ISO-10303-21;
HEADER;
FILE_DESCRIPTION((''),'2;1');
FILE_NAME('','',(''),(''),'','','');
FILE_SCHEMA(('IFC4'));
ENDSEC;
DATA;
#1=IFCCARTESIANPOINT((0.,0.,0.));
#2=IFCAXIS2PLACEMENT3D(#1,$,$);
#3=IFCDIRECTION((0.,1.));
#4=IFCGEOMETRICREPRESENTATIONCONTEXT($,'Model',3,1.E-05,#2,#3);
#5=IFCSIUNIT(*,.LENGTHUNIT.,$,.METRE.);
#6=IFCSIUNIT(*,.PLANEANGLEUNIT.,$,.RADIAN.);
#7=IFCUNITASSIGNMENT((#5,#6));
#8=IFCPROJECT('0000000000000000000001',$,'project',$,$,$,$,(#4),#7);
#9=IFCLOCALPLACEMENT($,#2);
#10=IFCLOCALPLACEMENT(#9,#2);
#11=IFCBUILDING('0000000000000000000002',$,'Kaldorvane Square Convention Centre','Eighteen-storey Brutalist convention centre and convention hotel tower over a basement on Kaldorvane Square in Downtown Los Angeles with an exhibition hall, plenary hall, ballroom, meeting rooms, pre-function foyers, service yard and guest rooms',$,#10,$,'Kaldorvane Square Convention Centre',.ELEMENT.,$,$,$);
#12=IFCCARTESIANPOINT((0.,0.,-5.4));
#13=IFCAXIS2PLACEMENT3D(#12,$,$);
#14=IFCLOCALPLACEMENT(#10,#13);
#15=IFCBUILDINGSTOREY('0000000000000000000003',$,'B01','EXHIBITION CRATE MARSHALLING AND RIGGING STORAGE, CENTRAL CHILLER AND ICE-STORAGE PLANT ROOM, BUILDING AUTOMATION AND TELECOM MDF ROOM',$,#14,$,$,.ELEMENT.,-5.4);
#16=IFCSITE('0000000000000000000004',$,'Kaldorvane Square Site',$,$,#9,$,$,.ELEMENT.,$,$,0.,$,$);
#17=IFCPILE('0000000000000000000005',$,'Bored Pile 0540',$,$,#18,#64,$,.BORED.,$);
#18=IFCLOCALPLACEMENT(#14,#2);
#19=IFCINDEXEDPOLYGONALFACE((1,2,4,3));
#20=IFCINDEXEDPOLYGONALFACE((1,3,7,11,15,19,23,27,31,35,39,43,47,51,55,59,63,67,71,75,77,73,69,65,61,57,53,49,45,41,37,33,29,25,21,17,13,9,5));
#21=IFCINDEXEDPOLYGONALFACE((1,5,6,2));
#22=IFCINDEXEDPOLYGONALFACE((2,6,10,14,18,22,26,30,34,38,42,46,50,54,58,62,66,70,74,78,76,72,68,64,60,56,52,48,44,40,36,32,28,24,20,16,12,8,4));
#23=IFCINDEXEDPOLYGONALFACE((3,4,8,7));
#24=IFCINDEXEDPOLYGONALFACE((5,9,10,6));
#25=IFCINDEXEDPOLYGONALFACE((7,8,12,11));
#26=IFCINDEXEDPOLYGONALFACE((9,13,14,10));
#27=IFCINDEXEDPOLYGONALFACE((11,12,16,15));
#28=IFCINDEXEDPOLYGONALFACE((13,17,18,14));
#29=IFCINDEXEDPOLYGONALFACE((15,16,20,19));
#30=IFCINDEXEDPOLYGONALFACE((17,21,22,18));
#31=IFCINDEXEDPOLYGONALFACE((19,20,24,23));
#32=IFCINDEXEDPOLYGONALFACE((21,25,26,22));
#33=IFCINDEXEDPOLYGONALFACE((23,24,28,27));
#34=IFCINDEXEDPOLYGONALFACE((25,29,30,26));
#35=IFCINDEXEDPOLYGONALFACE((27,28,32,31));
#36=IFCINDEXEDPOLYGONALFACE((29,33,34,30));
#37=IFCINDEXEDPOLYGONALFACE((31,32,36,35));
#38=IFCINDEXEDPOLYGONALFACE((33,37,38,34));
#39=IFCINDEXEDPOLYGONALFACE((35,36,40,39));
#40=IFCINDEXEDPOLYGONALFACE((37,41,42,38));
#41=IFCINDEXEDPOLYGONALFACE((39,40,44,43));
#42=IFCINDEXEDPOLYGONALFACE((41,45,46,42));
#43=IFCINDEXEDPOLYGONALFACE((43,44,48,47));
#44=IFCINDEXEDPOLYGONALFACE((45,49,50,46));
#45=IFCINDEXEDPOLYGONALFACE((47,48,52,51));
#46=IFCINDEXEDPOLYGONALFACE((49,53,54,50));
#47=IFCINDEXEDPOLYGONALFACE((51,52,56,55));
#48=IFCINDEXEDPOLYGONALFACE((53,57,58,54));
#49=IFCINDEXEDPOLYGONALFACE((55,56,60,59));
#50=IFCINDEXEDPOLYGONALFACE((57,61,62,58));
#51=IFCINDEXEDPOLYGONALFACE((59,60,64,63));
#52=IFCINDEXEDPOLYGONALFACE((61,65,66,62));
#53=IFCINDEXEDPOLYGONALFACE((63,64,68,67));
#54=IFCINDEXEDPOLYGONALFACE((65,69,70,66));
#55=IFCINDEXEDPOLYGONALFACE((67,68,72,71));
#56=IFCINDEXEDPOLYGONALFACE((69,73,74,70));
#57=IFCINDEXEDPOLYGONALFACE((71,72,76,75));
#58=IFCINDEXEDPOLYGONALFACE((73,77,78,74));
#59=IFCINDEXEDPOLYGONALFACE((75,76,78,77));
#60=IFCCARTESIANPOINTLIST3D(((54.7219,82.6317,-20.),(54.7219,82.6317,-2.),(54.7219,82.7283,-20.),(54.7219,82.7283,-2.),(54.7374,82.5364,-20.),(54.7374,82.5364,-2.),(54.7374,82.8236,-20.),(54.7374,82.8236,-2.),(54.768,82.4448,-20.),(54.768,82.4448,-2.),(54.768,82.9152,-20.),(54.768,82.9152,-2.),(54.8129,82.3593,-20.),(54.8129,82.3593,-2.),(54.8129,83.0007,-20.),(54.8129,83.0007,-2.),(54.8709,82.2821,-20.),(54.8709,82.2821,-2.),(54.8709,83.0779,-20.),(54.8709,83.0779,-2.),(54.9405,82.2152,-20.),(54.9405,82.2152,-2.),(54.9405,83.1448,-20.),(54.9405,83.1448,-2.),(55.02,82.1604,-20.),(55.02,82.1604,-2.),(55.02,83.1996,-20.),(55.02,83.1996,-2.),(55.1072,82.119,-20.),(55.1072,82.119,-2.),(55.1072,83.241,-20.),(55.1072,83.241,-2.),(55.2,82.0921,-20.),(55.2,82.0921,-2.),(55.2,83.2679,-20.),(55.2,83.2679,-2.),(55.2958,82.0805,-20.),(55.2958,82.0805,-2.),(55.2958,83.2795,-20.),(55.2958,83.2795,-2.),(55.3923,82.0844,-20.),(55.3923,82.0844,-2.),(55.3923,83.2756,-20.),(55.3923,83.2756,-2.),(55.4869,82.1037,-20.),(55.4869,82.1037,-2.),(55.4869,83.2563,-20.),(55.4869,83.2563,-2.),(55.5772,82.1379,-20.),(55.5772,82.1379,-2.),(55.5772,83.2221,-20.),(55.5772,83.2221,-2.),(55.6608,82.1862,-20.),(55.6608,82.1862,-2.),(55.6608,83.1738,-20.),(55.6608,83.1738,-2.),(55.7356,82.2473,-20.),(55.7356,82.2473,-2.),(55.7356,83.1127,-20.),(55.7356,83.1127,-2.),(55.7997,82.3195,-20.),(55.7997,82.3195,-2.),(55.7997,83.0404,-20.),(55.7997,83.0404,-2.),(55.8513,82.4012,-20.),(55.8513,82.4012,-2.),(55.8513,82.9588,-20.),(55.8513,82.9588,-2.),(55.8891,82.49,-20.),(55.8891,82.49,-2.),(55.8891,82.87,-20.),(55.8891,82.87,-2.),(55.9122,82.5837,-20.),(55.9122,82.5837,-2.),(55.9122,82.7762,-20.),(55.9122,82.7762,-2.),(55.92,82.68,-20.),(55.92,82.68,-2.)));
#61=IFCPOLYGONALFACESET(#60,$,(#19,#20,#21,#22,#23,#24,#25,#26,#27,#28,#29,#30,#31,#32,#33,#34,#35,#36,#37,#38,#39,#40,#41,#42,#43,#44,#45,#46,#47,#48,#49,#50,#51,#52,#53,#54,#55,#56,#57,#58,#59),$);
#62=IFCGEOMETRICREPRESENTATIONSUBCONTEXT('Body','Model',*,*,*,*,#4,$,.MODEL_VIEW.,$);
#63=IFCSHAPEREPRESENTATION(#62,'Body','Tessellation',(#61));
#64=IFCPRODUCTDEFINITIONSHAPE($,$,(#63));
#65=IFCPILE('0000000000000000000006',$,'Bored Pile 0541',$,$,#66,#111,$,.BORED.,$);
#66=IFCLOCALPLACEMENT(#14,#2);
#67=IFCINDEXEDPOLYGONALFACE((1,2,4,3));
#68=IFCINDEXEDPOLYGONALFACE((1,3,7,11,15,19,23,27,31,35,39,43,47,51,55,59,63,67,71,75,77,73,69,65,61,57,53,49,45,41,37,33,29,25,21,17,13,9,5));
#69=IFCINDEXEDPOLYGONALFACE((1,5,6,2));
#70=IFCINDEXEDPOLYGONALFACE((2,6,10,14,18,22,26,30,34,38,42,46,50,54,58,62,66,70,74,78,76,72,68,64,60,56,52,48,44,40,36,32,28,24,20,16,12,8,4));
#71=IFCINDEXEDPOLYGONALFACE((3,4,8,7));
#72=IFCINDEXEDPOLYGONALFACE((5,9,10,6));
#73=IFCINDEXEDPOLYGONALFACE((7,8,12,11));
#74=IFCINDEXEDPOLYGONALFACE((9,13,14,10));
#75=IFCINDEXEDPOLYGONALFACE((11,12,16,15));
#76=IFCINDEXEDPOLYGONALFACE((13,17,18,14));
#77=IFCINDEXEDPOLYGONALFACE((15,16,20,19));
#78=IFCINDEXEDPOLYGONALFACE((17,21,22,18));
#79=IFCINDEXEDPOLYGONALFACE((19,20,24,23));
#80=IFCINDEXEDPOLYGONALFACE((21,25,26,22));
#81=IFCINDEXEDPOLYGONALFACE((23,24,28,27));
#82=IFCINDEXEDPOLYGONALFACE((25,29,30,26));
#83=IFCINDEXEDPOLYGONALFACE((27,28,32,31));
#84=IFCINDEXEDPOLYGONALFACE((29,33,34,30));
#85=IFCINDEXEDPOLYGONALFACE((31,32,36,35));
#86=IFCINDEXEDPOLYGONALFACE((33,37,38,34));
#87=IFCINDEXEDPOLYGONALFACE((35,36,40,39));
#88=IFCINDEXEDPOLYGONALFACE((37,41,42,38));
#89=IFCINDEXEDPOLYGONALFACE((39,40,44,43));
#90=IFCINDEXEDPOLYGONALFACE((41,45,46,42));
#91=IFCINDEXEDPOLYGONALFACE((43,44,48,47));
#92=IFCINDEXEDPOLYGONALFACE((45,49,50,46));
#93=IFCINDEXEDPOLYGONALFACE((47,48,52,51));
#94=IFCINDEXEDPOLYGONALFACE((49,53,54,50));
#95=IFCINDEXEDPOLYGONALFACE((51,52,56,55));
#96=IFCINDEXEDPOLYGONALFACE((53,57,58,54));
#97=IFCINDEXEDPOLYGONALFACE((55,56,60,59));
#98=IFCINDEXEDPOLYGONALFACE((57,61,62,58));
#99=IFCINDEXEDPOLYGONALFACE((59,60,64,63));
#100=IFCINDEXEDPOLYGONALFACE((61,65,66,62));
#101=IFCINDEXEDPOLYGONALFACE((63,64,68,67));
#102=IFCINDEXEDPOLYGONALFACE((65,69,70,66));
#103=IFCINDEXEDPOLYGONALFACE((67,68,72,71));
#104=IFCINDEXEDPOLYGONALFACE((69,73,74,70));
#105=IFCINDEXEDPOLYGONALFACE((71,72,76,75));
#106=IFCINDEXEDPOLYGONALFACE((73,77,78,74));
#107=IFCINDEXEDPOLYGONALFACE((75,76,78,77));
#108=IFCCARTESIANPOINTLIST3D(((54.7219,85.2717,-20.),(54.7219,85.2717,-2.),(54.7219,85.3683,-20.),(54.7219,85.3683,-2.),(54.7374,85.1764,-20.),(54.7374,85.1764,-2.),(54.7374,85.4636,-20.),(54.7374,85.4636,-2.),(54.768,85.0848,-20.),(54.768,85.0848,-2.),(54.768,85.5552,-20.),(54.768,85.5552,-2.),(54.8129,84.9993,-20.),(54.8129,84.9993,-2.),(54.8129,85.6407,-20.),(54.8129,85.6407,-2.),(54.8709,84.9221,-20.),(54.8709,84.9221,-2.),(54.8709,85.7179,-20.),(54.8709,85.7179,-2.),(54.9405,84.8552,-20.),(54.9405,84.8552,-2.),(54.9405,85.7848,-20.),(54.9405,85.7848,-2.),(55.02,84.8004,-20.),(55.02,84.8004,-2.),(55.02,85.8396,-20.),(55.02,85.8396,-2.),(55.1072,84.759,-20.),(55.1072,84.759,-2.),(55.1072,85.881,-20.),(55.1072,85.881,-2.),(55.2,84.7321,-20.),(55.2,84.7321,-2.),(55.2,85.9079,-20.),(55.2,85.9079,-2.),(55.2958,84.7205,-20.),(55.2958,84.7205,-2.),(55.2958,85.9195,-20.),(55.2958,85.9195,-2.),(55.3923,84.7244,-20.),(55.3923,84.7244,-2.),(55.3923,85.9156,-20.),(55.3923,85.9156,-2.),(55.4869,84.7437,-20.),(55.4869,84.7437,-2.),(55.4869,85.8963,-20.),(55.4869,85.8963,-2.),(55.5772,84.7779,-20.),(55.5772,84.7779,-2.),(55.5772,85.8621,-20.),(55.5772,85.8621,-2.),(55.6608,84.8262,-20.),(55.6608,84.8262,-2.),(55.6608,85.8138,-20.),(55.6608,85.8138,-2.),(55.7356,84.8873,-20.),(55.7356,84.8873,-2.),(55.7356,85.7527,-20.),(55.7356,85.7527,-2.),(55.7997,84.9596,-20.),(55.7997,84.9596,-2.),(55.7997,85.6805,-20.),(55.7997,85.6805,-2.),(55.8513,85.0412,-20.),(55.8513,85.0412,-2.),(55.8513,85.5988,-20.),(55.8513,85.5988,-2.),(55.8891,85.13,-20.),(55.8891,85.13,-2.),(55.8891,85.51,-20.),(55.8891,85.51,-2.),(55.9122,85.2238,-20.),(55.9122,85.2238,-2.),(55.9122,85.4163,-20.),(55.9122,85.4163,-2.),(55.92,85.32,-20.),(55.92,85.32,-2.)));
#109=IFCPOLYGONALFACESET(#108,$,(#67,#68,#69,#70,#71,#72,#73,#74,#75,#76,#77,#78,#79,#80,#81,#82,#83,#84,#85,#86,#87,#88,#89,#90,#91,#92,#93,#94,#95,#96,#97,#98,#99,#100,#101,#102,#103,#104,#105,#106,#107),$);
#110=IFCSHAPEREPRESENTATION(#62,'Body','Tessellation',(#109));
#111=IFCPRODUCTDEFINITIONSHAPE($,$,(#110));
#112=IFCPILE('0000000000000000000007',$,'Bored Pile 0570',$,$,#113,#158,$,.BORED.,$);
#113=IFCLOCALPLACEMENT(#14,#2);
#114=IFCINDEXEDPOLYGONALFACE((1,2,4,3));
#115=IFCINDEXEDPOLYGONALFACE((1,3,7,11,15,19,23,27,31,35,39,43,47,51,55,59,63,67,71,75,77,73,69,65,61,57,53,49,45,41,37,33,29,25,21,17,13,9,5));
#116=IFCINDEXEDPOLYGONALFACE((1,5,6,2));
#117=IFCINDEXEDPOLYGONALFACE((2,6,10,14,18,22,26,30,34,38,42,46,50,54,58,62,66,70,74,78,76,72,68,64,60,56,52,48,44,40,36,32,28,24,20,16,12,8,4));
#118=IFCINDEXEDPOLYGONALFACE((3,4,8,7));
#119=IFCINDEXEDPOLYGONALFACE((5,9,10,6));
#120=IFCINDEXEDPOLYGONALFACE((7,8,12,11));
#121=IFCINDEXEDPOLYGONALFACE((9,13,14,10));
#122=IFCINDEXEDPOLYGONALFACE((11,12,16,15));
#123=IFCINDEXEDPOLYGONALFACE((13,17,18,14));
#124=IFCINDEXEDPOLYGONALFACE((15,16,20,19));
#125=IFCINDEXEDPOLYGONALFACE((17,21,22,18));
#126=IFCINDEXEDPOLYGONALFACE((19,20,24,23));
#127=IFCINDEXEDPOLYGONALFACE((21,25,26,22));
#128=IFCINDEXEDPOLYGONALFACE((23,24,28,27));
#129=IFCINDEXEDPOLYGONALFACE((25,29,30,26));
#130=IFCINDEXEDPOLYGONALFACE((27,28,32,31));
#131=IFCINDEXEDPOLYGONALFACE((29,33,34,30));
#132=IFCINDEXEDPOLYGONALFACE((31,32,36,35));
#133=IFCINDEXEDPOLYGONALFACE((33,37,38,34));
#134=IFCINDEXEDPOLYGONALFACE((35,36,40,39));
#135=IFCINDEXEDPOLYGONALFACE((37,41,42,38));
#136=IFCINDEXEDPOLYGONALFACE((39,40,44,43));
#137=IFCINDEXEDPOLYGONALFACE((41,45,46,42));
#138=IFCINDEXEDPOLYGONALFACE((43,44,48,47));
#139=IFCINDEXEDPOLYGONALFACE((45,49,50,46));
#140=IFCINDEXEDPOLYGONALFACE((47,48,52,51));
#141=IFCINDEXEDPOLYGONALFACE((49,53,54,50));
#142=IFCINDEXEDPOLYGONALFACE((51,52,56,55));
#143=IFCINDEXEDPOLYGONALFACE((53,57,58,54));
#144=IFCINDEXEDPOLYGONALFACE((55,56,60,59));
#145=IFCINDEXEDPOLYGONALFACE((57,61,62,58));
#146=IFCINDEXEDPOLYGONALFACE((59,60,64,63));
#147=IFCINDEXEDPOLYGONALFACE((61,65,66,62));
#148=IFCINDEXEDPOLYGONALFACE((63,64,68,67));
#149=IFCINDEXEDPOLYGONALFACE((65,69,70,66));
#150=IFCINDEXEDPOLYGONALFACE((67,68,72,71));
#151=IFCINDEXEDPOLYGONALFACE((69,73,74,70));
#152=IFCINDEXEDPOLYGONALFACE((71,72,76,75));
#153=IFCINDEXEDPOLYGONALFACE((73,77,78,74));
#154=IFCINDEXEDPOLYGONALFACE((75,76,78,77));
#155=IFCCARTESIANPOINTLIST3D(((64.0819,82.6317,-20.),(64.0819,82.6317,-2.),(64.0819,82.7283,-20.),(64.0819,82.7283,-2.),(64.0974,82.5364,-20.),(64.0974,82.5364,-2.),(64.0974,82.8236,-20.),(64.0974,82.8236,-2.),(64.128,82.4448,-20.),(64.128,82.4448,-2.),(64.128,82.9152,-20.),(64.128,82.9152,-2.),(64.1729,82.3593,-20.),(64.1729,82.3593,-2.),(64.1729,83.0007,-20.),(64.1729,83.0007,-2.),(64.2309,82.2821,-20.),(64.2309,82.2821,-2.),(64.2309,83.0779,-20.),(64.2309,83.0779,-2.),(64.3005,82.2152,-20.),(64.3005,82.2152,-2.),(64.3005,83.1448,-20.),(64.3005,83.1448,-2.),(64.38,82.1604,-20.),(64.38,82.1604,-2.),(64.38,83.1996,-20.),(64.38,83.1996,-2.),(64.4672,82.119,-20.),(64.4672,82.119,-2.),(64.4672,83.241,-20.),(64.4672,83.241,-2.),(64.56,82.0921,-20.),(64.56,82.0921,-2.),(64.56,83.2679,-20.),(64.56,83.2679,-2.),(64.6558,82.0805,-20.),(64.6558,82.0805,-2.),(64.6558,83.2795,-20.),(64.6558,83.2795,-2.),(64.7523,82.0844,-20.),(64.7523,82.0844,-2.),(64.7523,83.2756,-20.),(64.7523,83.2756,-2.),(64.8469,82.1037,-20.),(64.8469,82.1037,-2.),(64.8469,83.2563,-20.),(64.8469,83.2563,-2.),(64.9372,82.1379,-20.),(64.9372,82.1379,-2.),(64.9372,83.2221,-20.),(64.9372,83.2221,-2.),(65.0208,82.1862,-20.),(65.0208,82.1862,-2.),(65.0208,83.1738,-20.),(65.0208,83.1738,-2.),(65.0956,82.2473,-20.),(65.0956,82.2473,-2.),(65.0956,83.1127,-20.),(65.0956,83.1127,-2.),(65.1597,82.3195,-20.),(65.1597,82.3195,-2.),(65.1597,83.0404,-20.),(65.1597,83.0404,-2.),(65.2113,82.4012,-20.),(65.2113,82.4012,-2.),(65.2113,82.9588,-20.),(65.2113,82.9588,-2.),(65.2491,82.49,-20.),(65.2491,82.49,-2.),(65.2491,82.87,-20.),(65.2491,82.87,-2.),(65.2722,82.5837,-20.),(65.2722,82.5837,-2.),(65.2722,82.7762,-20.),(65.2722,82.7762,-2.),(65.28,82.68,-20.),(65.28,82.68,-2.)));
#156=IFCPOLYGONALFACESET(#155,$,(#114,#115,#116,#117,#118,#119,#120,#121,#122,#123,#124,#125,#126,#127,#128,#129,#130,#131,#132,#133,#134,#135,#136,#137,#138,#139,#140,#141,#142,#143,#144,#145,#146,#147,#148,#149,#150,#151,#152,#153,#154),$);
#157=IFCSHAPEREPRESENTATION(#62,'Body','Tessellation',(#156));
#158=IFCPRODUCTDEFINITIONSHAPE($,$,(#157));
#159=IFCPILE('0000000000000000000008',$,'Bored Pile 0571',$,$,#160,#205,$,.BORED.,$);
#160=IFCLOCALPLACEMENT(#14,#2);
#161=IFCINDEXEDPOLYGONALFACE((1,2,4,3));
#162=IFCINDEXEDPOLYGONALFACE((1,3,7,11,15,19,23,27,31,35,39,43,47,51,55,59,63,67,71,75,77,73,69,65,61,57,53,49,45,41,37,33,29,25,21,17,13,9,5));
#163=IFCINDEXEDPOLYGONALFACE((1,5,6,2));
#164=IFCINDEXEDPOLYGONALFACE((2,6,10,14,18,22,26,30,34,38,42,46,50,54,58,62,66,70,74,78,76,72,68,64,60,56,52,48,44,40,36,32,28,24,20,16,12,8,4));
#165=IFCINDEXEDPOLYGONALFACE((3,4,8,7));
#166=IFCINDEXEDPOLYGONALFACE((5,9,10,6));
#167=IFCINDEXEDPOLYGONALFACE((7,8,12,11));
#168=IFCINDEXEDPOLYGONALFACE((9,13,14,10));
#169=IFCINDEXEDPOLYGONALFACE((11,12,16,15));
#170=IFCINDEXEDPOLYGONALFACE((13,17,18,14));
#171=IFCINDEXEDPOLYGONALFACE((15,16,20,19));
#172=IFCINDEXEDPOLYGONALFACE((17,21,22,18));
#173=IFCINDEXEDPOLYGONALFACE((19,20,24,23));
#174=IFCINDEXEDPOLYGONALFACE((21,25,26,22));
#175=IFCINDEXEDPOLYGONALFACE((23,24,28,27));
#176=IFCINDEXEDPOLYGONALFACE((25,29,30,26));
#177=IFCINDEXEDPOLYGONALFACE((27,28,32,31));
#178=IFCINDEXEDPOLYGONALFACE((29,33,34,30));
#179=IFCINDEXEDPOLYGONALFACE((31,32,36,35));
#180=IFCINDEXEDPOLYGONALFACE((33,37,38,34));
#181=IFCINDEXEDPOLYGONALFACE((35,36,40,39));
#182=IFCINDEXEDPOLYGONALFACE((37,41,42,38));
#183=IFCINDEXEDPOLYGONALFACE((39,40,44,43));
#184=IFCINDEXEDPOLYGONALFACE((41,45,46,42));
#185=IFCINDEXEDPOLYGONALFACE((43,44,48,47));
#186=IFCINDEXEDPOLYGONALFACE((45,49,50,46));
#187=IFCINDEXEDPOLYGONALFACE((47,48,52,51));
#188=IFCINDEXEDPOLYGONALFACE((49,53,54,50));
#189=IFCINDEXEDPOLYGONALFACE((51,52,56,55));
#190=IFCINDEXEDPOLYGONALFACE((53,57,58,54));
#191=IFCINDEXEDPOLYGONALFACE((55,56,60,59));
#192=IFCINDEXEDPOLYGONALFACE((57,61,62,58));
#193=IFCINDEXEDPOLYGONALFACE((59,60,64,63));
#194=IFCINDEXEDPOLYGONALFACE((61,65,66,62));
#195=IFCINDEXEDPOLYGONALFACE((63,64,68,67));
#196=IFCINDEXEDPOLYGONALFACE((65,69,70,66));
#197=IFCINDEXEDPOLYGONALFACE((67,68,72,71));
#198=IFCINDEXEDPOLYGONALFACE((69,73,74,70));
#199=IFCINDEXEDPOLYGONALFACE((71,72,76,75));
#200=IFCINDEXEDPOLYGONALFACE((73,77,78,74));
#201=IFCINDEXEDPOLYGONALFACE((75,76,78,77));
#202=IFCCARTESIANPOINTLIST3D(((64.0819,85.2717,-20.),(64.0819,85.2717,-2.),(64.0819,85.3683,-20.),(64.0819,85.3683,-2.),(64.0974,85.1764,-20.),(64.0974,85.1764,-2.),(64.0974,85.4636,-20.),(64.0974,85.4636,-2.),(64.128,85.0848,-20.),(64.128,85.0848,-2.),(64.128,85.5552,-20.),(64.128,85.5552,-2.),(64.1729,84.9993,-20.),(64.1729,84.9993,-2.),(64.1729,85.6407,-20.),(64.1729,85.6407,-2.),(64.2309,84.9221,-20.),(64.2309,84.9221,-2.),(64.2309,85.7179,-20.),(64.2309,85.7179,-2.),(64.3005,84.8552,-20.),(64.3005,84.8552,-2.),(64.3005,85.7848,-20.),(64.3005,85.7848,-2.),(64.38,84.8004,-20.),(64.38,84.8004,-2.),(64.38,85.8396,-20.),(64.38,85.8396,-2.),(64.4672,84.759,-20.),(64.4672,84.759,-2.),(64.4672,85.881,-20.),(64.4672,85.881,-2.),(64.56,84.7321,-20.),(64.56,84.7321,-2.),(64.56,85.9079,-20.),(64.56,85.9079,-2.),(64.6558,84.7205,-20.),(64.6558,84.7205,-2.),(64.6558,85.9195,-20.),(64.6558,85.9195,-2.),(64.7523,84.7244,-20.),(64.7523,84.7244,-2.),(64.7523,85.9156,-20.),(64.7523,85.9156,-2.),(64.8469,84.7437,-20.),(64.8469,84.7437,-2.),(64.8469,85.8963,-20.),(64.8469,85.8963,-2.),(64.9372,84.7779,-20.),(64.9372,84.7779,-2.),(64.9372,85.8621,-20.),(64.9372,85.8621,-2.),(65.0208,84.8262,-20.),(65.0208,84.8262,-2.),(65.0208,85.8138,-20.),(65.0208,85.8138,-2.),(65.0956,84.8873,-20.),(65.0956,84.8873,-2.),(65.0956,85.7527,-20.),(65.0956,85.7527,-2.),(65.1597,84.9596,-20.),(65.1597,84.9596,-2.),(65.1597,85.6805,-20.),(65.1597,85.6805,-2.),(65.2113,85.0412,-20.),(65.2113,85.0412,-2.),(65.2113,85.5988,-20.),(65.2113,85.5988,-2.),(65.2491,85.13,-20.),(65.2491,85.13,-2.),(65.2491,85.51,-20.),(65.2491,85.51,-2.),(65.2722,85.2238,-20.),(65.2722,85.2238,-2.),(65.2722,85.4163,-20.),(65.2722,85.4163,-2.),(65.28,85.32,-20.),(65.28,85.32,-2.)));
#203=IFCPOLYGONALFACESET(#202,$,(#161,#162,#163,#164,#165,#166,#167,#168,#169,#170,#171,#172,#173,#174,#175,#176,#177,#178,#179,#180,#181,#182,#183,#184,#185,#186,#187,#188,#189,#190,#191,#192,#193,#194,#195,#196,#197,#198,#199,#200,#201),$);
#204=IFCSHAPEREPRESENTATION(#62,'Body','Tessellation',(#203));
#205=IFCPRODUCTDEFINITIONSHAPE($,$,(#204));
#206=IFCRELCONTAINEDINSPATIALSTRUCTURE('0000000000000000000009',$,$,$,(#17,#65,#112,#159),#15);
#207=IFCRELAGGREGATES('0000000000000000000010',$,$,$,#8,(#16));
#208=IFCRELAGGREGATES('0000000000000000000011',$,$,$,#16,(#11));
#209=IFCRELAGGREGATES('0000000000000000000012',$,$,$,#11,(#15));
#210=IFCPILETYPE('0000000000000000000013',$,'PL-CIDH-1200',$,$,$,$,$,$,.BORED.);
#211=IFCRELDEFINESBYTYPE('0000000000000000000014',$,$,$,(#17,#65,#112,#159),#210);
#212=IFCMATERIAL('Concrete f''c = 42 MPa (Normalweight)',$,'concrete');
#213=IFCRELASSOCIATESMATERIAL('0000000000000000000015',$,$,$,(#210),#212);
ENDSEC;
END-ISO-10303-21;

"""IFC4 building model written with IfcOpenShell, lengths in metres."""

from ifc_helpers import new_model, si_unit, direction, frame, origin, origin_2d, place, context, subcontext, project, spatial, circle, extrude, material, material_profile, profile_set, type_object, element, save


model = new_model("IFC4")

# Units and contexts
model_context = context("Model", 3, precision=1e-05, world=origin(), true_north=direction((0.0, 1.0)))
body_context = subcontext(model_context, "Body", "Model", "MODEL_VIEW")
ifc_project = project(units=[si_unit("LENGTHUNIT", "METRE"), si_unit("PLANEANGLEUNIT", "RADIAN")], contexts=[model_context])

# Site, building, storey
site_placement = place(None, origin())
site = spatial("IfcSite", under=ifc_project, at=site_placement, Name="Kaldorvane Square Site", CompositionType="ELEMENT", RefElevation=0.0)
building_placement = place(site_placement, origin())
building = spatial("IfcBuilding", under=site, at=building_placement, Name="Kaldorvane Square Convention Centre", Description="Eighteen-storey Brutalist convention centre and convention hotel tower over a basement on Kaldorvane Square in Downtown Los Angeles with an exhibition hall, plenary hall, ballroom, meeting rooms, pre-function foyers, service yard and guest rooms", LongName="Kaldorvane Square Convention Centre", CompositionType="ELEMENT")
storey_placement = place(building_placement, frame((0.0, 0.0, -5.4)))
storey = spatial("IfcBuildingStorey", under=building, at=storey_placement, Name="B01", Description="EXHIBITION CRATE MARSHALLING AND RIGGING STORAGE, CENTRAL CHILLER AND ICE-STORAGE PLANT ROOM, BUILDING AUTOMATION AND TELECOM MDF ROOM", CompositionType="ELEMENT", Elevation=-5.4)

# Piles
ifc_material_1 = material(Name="Concrete f'c = 42 MPa (Normalweight)", Category="concrete")
ifc_material_profile_1 = material_profile(ifc_material_1, circle(Radius=0.6, at=origin_2d()), Name="PILE-D1200")
ifc_profile_set_1 = profile_set([ifc_material_profile_1], Name="Concrete f'c = 42 MPa (Normalweight)")
pile_type_1 = type_object("IfcPileType", Name="PL-CIDH-1200", PredefinedType="BORED", material=ifc_profile_set_1)
for number, where, z_axis, x_axis, name in (
    (1, (55.32, 82.68, -2.0), (0.0, 0.0, -1.0), (1.0, 0.0, 0.0), "Bored Pile 0540"),
    (2, (55.32, 85.32, -2.0), (0.0, 0.0, -1.0), (1.0, 0.0, 0.0), "Bored Pile 0541"),
    (3, (64.68, 82.68, -2.0), (0.0, 0.0, -1.0), (1.0, 0.0, 0.0), "Bored Pile 0570"),
    (4, (64.68, 85.32, -2.0), (0.0, 0.0, -1.0), (1.0, 0.0, 0.0), "Bored Pile 0571"),
):
    element("IfcPile", number, at=place(storey_placement, frame(where, z_axis=z_axis, x_axis=x_axis)), inside=storey, type_object=pile_type_1, Name=name, PredefinedType="BORED", context=body_context, shape_type="SweptSolid", body=[
        extrude(circle(Radius=0.6, at=origin_2d()), origin(), (0.0, 0.0, 1.0), 18.0),
    ])

save(model, "model.ifc")
